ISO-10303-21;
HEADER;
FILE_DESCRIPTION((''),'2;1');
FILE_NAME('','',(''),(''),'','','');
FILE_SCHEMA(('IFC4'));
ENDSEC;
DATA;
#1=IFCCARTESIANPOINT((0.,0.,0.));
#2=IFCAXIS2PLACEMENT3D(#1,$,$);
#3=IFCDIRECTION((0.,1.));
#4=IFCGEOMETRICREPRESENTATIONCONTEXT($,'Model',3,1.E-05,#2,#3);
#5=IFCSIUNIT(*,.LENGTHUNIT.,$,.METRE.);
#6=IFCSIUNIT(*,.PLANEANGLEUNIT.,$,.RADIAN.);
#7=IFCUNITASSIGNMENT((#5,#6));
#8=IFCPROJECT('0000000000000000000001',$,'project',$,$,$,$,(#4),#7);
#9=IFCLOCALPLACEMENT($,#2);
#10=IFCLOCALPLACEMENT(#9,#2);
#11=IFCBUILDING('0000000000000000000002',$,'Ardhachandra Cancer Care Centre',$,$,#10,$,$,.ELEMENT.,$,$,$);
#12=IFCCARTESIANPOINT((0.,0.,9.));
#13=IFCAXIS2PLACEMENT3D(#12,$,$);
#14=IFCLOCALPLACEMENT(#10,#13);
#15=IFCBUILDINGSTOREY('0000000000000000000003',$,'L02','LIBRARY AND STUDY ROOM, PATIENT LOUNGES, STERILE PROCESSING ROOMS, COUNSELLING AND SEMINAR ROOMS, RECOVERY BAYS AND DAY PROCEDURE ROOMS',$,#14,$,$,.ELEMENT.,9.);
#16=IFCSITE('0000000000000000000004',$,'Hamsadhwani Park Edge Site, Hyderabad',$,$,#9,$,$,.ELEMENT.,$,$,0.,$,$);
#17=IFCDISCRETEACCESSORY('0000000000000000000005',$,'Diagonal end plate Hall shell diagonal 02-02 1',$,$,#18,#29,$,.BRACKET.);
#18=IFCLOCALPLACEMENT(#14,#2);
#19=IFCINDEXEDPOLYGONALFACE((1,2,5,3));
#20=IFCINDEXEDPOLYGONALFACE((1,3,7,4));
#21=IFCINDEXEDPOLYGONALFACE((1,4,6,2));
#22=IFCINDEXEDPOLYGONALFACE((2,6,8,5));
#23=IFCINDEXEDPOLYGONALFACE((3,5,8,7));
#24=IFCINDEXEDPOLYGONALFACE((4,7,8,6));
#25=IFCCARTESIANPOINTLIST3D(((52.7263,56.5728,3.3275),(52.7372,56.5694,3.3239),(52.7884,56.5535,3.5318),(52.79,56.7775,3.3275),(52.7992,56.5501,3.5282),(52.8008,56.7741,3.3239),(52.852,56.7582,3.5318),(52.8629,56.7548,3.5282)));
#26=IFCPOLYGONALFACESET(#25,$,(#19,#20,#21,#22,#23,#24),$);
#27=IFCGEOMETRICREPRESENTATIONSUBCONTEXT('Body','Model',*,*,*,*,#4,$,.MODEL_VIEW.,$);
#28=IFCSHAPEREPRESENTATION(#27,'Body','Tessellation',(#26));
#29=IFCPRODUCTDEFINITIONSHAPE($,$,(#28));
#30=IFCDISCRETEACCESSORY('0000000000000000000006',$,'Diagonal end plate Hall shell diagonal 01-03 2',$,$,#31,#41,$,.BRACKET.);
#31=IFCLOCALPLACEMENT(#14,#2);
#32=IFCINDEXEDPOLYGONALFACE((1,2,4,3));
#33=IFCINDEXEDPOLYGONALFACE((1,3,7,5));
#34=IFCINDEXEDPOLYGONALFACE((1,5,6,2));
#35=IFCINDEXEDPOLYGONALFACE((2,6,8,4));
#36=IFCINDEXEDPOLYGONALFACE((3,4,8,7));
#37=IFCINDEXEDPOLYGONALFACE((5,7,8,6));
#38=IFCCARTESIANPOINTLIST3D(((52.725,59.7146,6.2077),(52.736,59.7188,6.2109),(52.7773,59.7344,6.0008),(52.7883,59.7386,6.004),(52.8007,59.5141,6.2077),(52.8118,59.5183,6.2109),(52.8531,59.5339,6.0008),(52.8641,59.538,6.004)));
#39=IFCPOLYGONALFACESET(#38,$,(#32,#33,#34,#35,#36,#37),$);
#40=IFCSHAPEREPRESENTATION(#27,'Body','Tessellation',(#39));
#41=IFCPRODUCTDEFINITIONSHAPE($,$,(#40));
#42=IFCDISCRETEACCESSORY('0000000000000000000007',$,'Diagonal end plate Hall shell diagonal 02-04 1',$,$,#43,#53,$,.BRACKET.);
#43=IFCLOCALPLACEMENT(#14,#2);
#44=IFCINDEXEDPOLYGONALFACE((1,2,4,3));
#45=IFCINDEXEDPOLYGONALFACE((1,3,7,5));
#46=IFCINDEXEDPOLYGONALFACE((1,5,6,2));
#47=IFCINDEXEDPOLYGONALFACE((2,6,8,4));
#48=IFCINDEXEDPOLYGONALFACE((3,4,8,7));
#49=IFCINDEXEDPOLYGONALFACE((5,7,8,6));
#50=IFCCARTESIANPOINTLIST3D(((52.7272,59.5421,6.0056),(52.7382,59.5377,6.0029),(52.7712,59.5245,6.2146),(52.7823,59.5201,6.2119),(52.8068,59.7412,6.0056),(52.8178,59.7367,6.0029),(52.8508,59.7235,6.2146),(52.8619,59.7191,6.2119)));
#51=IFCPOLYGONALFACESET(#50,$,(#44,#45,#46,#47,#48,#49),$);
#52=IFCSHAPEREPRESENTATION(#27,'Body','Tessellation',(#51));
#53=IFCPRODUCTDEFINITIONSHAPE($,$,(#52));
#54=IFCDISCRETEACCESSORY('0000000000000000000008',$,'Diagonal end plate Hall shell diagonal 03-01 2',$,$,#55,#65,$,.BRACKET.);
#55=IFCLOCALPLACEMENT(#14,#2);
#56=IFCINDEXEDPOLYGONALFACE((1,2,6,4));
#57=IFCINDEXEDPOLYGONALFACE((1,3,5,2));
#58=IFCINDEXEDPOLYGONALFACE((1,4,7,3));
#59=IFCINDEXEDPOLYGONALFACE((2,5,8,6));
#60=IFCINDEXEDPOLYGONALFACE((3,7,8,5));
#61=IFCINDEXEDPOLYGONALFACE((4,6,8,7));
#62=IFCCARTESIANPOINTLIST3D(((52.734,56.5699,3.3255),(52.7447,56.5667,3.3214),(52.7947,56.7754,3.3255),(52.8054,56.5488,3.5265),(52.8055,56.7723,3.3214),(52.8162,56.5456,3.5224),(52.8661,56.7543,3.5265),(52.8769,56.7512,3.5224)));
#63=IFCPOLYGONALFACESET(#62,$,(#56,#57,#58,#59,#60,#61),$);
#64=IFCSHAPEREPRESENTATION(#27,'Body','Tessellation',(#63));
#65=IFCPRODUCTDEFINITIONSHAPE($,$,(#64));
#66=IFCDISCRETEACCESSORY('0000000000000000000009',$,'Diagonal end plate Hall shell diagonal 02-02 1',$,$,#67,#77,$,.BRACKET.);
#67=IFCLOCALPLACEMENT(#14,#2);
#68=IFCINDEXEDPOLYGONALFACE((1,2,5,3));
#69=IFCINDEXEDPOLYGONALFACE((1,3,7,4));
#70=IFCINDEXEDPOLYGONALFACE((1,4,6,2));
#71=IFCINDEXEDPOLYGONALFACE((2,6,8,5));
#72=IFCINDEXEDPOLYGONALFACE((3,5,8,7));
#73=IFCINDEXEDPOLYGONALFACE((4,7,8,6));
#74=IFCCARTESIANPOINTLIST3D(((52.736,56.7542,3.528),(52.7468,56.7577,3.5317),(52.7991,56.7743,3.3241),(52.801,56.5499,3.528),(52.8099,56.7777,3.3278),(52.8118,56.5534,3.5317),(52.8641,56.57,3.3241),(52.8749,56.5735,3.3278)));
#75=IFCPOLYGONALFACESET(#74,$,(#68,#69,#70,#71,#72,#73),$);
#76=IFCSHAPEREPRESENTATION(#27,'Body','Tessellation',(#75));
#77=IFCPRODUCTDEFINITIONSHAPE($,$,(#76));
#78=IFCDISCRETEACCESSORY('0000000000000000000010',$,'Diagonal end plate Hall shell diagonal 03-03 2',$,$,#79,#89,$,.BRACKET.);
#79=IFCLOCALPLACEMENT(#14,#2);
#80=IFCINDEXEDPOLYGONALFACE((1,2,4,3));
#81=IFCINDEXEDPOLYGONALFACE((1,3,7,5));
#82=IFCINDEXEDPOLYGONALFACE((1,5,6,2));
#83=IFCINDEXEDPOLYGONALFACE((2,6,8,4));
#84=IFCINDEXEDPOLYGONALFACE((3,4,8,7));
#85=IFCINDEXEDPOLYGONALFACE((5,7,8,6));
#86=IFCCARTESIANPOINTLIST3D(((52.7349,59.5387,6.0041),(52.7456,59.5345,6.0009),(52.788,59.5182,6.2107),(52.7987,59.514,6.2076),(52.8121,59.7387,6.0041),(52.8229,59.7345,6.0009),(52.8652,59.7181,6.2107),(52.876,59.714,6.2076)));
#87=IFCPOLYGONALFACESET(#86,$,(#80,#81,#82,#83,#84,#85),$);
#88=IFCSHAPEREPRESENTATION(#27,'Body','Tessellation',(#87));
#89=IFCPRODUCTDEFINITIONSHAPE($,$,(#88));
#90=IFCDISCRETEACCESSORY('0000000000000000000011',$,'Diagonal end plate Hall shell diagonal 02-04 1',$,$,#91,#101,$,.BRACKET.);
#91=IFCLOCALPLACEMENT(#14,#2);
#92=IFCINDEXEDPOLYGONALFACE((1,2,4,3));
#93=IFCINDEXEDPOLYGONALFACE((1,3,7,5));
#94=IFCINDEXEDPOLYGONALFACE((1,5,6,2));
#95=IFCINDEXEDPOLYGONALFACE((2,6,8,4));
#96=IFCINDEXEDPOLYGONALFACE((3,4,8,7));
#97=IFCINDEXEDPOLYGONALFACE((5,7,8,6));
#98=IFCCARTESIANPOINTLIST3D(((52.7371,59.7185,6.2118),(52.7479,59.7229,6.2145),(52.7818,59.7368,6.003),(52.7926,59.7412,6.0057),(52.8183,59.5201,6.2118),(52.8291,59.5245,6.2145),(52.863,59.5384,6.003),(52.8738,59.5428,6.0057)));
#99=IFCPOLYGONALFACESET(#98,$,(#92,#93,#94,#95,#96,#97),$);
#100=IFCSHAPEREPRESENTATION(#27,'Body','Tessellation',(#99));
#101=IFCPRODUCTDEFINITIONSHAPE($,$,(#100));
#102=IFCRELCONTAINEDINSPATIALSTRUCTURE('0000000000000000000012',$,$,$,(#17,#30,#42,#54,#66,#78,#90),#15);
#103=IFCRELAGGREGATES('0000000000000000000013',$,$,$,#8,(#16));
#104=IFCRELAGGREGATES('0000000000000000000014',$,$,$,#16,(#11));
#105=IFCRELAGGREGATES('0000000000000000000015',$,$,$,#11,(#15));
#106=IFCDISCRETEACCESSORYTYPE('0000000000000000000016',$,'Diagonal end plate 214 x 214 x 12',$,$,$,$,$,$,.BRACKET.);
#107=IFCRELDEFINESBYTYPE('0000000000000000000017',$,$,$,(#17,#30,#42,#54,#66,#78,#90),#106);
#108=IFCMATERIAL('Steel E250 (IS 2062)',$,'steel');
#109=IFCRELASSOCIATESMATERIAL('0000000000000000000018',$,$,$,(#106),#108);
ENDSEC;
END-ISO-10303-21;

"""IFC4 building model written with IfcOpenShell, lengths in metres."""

from ifc_helpers import new_model, si_unit, direction, frame, origin, origin_2d, place, context, subcontext, project, spatial, rectangle, extrude, material, material_profile, profile_set, type_object, element, save


model = new_model("IFC4")

# Units and contexts
model_context = context("Model", 3, precision=1e-05, world=origin(), true_north=direction((0.0, 1.0)))
body_context = subcontext(model_context, "Body", "Model", "MODEL_VIEW")
ifc_project = project(units=[si_unit("LENGTHUNIT", "METRE"), si_unit("PLANEANGLEUNIT", "RADIAN")], contexts=[model_context])

# Site, building, storey
site_placement = place(None, origin())
site = spatial("IfcSite", under=ifc_project, at=site_placement, Name="Hamsadhwani Park Edge Site, Hyderabad", CompositionType="ELEMENT", RefElevation=0.0)
building_placement = place(site_placement, origin())
building = spatial("IfcBuilding", under=site, at=building_placement, Name="Ardhachandra Cancer Care Centre", CompositionType="ELEMENT")
storey_placement = place(building_placement, frame((0.0, 0.0, 9.0)))
storey = spatial("IfcBuildingStorey", under=building, at=storey_placement, Name="L02", Description="LIBRARY AND STUDY ROOM, PATIENT LOUNGES, STERILE PROCESSING ROOMS, COUNSELLING AND SEMINAR ROOMS, RECOVERY BAYS AND DAY PROCEDURE ROOMS", CompositionType="ELEMENT", Elevation=9.0)

# Discrete accessories
ifc_material_1 = material(Name="Steel E250 (IS 2062)", Category="steel")
ifc_material_profile_1 = material_profile(ifc_material_1, rectangle(XDim=0.2144, YDim=0.2144, at=origin_2d()), Name="PL 214x214x12")
ifc_profile_set_1 = profile_set([ifc_material_profile_1], Name="Steel E250 (IS 2062)")
discrete_accessory_type = type_object("IfcDiscreteAccessoryType", Name="Diagonal end plate 214 x 214 x 12", PredefinedType="BRACKET", material=ifc_profile_set_1)
discrete_accessory_1_placement = place(storey_placement, frame((52.8, 56.6621, 3.426), z_axis=(-0.90988, 0.283074, 0.303293), x_axis=(-0.297067, -0.954857, 0.0)))
element("IfcDiscreteAccessory", 1, at=discrete_accessory_1_placement, inside=storey, type_object=discrete_accessory_type, Name="Diagonal end plate Hall shell diagonal 02-02 1", PredefinedType="BRACKET", context=body_context, shape_type="SweptSolid", body=[
    extrude(rectangle(XDim=0.2144, YDim=0.2144, at=origin_2d()), origin(), (0.0, 0.0, 1.0), 0.012),
])
for number, where, z_axis, x_axis, name in (
    (2, (52.8, 59.6284, 6.1074), (-0.903076, -0.341162, -0.260889), (0.353401, -0.935472, 0.0), "Diagonal end plate Hall shell diagonal 01-03 2"),
    (3, (52.8, 59.6284, 6.1074), (-0.905449, 0.36218, 0.221332), (-0.371391, -0.928477, 0.0), "Diagonal end plate Hall shell diagonal 02-04 1"),
):
    element("IfcDiscreteAccessory", number, at=place(storey_placement, frame(where, z_axis=z_axis, x_axis=x_axis)), inside=storey, type_object=discrete_accessory_type, Name=name, PredefinedType="BRACKET", context=body_context, shape_type="SweptSolid", body=[
        extrude(rectangle(XDim=0.2144, YDim=0.2144, at=origin_2d()), origin(), (0.0, 0.0, 1.0), 0.0122),
    ])
for number, where, z_axis, x_axis, name in (
    (4, (52.8, 56.6621, 3.426), (0.899271, -0.265694, -0.347446), (0.283346, 0.959018, 0.0), "Diagonal end plate Hall shell diagonal 03-01 2"),
    (5, (52.8, 56.6621, 3.426), (0.906302, 0.288369, 0.308967), (-0.303204, 0.952926, 0.0), "Diagonal end plate Hall shell diagonal 02-02 1"),
    (6, (52.8, 59.6284, 6.1074), (0.899271, -0.347446, -0.265694), (0.360399, 0.932798, 0.0), "Diagonal end plate Hall shell diagonal 03-03 2"),
    (7, (52.8, 59.6284, 6.1074), (0.901723, 0.368887, 0.225431), (-0.378633, 0.925547, 0.0), "Diagonal end plate Hall shell diagonal 02-04 1"),
):
    element("IfcDiscreteAccessory", number, at=place(storey_placement, frame(where, z_axis=z_axis, x_axis=x_axis)), inside=storey, type_object=discrete_accessory_type, Name=name, PredefinedType="BRACKET", context=body_context, shape_type="SweptSolid", body=[
        extrude(rectangle(XDim=0.2144, YDim=0.2144, at=origin_2d()), origin(), (0.0, 0.0, 1.0), 0.012),
    ])

save(model, "model.ifc")
